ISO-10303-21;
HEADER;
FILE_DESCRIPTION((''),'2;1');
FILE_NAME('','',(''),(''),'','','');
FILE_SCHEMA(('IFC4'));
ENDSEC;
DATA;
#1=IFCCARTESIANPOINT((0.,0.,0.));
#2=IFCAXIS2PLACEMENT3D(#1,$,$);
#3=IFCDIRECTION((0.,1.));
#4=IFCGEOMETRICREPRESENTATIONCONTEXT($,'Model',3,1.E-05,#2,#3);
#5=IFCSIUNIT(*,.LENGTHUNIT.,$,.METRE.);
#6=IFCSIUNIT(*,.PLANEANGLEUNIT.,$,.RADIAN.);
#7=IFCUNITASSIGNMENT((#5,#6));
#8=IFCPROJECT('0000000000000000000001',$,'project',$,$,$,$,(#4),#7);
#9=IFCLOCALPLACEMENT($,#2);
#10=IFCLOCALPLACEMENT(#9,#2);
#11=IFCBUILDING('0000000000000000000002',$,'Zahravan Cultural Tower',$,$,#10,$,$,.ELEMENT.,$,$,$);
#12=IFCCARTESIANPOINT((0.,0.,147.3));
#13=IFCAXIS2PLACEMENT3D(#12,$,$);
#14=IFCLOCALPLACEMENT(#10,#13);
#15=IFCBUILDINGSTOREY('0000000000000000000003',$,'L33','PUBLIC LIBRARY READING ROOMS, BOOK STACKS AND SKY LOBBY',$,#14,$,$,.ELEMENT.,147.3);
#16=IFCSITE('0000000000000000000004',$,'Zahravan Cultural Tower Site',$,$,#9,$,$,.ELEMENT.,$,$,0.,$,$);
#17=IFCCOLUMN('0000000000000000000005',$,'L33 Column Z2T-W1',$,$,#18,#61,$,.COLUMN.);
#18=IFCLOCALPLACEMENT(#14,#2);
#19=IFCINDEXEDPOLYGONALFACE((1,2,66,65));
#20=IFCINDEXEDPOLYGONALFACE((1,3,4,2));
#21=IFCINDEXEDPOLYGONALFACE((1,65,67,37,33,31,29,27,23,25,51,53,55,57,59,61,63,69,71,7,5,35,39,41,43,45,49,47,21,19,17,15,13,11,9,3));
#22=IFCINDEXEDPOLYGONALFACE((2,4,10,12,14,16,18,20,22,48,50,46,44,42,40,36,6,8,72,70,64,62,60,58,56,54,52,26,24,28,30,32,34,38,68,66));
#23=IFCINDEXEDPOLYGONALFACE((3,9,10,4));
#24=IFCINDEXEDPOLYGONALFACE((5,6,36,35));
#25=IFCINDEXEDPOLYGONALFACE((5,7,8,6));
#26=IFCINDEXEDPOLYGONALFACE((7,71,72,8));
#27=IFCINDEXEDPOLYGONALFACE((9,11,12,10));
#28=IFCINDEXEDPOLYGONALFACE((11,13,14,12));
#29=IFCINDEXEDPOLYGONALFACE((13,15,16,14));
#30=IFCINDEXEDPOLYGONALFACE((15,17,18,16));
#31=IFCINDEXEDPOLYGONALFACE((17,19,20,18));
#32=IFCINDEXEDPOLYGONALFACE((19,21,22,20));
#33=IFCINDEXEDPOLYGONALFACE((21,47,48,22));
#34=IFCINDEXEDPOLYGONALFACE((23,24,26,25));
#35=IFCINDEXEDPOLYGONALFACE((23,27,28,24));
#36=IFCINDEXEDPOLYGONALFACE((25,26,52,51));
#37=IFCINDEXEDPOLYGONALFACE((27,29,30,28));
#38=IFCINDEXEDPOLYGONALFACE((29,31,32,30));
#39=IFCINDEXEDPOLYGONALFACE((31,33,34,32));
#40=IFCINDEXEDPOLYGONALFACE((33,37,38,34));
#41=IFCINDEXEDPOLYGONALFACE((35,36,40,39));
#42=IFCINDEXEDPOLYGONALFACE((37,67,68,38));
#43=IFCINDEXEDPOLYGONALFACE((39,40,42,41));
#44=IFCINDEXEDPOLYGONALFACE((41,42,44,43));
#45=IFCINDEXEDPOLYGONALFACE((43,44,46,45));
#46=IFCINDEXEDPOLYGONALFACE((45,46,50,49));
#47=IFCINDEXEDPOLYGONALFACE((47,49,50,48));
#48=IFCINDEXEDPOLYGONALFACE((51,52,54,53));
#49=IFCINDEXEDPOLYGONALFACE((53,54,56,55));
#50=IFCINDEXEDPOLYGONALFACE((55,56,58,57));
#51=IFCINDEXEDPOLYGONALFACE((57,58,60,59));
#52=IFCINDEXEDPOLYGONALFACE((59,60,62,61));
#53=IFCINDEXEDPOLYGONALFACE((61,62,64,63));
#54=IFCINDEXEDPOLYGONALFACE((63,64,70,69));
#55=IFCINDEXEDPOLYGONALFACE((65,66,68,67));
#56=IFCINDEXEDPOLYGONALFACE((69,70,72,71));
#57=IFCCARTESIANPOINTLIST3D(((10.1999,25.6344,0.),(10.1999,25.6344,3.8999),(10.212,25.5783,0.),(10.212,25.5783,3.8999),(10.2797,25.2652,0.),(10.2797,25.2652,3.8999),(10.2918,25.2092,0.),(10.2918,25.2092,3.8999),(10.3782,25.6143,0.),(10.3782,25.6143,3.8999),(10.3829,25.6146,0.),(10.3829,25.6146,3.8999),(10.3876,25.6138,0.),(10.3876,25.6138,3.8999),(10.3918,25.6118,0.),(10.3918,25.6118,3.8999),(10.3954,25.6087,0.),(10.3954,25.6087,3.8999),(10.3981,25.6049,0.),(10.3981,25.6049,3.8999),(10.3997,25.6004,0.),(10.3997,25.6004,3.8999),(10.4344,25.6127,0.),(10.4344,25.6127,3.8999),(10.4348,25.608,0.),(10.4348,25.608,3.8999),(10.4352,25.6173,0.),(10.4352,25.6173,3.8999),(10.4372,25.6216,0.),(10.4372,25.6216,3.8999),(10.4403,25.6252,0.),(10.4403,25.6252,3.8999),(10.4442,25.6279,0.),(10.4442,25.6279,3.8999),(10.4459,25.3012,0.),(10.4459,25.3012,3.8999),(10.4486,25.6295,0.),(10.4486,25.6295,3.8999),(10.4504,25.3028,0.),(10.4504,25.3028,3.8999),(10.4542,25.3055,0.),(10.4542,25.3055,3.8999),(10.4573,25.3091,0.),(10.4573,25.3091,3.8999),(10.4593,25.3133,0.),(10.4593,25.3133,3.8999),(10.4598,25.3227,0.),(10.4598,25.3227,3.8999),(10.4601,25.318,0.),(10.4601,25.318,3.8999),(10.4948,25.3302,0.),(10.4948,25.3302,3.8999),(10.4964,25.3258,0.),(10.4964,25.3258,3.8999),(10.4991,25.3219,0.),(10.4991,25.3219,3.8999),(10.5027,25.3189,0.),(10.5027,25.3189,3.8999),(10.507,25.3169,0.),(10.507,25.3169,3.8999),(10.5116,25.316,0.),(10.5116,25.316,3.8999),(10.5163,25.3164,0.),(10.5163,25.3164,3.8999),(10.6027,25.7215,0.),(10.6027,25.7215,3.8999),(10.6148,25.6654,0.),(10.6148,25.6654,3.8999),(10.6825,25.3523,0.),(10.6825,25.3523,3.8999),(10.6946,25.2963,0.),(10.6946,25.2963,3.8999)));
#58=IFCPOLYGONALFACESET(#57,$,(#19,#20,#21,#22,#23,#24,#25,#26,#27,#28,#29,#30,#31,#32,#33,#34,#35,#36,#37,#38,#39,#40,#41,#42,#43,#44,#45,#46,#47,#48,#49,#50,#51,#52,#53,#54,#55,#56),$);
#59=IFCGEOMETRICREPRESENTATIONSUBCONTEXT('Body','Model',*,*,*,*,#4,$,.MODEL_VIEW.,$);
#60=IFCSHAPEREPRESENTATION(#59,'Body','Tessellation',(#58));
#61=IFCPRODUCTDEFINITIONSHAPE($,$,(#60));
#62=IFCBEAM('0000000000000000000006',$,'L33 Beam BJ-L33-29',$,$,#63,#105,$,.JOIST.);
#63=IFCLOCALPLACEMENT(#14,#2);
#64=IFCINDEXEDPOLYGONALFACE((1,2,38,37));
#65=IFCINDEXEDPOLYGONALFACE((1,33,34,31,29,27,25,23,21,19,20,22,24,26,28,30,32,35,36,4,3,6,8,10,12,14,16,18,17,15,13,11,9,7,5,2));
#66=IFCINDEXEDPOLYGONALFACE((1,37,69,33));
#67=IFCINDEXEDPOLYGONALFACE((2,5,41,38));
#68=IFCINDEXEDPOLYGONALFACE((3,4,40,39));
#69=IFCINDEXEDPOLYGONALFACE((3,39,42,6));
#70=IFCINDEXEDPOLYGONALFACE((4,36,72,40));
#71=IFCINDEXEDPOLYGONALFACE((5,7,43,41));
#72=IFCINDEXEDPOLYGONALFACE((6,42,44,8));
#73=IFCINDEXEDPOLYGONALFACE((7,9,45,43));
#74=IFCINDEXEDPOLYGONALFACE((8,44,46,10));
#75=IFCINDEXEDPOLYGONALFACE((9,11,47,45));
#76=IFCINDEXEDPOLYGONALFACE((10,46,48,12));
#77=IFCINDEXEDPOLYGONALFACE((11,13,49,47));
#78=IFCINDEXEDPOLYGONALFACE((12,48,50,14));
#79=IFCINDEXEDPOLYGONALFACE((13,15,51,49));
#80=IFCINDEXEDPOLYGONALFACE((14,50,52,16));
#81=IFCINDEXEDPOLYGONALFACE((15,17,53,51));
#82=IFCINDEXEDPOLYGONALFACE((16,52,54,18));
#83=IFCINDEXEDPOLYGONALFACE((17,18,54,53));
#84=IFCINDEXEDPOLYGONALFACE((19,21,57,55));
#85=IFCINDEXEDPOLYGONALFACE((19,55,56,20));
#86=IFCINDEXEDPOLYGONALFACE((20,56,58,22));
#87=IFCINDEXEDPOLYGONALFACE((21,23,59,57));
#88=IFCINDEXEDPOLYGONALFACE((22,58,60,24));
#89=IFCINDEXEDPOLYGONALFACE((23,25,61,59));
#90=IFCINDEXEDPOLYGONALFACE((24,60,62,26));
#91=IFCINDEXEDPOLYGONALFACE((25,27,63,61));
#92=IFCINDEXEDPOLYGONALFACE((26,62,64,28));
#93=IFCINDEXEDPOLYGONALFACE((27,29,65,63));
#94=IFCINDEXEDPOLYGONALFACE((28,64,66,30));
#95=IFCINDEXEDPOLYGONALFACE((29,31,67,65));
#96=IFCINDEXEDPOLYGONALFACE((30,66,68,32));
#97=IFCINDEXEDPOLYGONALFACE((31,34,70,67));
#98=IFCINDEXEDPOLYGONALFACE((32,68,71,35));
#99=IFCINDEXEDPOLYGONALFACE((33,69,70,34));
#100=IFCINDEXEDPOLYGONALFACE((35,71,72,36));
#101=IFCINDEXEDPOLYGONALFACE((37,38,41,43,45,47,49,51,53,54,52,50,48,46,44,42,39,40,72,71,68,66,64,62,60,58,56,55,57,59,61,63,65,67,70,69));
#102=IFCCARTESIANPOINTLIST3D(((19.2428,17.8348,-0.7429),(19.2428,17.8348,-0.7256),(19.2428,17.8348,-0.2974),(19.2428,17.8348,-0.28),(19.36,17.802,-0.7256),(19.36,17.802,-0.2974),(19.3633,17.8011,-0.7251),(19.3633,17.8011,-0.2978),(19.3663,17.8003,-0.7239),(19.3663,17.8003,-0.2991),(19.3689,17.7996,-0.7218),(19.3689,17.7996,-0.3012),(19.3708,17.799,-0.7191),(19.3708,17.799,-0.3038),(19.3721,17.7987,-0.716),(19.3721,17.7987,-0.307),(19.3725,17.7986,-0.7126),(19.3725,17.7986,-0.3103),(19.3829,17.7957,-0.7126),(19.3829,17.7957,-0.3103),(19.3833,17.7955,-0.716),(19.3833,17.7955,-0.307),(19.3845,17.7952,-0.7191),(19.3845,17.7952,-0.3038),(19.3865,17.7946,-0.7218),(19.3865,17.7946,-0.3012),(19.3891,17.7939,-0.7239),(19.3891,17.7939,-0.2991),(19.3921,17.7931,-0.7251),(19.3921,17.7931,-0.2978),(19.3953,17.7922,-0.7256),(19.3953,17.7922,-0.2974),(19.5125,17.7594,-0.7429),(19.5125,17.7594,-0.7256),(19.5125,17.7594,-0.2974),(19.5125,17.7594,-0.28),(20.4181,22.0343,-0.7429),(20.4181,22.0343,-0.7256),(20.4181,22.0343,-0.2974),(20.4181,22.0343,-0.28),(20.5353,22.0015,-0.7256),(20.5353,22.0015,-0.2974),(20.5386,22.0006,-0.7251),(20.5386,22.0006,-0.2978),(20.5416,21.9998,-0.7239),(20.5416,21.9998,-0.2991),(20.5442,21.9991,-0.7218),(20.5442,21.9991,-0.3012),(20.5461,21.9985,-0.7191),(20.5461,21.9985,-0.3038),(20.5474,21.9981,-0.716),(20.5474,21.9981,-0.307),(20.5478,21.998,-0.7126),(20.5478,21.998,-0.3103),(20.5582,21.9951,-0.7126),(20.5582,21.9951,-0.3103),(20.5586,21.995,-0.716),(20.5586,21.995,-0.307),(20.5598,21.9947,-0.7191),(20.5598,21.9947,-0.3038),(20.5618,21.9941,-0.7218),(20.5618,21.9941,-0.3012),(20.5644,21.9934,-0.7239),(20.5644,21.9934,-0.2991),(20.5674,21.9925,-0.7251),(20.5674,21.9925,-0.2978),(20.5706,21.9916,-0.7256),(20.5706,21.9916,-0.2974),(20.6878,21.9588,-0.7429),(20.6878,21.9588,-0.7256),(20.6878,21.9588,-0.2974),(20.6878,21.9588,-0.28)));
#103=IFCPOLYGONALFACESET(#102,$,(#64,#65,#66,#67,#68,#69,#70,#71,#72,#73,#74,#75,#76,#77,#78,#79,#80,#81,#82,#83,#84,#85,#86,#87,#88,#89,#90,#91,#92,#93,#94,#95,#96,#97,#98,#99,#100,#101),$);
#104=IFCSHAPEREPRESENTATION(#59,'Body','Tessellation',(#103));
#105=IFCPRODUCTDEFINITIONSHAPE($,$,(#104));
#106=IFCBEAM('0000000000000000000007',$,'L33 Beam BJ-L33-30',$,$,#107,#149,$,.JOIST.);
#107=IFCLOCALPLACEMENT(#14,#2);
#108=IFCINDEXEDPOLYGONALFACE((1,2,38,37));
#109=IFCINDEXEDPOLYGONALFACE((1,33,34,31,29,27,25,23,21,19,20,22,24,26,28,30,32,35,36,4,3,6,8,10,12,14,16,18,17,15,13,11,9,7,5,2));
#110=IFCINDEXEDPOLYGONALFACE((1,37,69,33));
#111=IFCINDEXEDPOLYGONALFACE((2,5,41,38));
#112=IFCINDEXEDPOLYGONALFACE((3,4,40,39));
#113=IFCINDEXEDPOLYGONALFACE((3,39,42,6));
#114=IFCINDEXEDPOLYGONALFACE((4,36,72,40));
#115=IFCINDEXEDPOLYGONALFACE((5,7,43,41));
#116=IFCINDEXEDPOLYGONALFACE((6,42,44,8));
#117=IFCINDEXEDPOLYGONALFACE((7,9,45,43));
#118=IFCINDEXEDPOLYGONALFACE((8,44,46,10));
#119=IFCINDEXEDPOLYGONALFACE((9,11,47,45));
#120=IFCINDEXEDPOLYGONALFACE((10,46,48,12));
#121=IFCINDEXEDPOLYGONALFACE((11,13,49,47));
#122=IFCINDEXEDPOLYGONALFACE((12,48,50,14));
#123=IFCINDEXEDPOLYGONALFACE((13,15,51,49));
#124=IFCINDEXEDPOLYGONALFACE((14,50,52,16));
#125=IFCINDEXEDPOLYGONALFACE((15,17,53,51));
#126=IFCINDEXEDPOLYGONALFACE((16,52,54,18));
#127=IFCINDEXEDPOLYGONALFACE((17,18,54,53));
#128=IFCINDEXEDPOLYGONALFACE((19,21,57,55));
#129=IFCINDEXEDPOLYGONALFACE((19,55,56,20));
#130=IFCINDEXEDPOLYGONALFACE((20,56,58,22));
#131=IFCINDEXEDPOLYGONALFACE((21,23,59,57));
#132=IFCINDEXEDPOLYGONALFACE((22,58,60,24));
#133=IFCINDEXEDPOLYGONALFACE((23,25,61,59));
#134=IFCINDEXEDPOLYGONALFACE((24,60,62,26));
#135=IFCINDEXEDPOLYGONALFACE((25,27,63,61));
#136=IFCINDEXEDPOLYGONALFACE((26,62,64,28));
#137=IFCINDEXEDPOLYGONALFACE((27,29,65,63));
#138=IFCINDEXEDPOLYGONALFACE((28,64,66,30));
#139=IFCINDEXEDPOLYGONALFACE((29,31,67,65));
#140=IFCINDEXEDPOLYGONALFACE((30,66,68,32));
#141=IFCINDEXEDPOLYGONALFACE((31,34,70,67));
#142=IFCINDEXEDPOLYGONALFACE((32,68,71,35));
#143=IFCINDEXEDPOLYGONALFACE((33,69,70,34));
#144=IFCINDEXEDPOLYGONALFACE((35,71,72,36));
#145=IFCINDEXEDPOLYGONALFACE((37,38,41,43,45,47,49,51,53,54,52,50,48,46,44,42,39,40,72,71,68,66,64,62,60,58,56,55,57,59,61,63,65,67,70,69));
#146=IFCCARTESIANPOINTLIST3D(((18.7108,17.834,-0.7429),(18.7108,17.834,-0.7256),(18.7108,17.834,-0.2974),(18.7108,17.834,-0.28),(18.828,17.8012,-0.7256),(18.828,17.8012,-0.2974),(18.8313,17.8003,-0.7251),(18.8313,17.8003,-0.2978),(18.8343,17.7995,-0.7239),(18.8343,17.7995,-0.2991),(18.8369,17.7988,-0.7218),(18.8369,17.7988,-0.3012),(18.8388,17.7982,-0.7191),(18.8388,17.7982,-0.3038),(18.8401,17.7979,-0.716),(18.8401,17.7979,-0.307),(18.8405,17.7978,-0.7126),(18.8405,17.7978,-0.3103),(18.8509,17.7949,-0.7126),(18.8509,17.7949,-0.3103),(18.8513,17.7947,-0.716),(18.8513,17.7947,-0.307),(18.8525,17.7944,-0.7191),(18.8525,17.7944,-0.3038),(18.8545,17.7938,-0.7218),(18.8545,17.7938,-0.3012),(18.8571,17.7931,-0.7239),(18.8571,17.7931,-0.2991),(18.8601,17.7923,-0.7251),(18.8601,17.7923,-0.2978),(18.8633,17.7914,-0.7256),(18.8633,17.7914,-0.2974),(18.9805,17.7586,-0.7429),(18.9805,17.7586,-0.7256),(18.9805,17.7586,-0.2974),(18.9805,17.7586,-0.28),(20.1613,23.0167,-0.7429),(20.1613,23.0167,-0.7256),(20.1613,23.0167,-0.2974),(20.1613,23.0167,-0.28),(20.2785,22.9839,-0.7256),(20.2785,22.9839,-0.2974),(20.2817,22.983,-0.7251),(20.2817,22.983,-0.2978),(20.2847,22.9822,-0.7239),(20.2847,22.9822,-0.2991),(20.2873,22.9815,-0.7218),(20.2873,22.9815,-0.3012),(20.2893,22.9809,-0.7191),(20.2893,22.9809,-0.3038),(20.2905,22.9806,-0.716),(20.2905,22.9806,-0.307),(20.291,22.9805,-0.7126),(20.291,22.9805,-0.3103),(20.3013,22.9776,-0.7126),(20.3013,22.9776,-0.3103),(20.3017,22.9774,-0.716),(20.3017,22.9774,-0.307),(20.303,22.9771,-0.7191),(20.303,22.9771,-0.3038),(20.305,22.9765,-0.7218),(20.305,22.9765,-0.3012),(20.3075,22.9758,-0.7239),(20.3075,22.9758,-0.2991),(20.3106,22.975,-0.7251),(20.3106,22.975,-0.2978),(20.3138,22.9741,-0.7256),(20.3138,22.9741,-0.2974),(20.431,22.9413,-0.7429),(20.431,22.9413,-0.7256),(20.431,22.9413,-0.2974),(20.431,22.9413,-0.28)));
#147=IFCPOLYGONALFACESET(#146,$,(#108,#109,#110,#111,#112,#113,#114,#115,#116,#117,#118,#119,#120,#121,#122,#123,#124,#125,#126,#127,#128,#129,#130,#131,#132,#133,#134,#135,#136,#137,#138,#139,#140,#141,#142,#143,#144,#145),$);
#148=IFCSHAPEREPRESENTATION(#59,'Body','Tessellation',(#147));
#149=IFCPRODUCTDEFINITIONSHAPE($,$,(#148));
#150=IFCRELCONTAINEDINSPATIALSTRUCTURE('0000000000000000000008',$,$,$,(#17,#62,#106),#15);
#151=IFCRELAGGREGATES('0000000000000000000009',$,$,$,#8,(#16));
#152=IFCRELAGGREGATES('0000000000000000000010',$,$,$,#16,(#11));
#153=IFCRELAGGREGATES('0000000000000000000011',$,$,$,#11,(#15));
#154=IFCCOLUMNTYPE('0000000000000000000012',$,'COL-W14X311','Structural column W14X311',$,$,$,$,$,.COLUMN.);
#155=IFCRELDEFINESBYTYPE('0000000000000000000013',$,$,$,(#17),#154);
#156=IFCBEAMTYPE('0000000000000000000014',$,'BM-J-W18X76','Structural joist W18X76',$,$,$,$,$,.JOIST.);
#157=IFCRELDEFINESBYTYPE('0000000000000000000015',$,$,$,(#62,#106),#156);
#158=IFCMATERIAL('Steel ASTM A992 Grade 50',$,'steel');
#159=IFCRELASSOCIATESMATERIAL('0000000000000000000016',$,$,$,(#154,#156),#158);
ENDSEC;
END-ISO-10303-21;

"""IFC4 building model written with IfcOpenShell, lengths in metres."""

from ifc_helpers import new_model, si_unit, direction, frame, origin, origin_2d, place, context, subcontext, project, spatial, i_section, extrude, source, transform, mapped, material, material_profile, profile_set, type_object, element, save


model = new_model("IFC4")

# Units and contexts
model_context = context("Model", 3, precision=1e-05, world=origin(), true_north=direction((0.0, 1.0)))
body_context = subcontext(model_context, "Body", "Model", "MODEL_VIEW")
ifc_project = project(units=[si_unit("LENGTHUNIT", "METRE"), si_unit("PLANEANGLEUNIT", "RADIAN")], contexts=[model_context])

# Site, building, storey
site_placement = place(None, origin())
site = spatial("IfcSite", under=ifc_project, at=site_placement, Name="Zahravan Cultural Tower Site", CompositionType="ELEMENT", RefElevation=0.0)
building_placement = place(site_placement, origin())
building = spatial("IfcBuilding", under=site, at=building_placement, Name="Zahravan Cultural Tower", CompositionType="ELEMENT")
storey_placement = place(building_placement, frame((0.0, 0.0, 147.3)))
storey = spatial("IfcBuildingStorey", under=building, at=storey_placement, Name="L33", Description="PUBLIC LIBRARY READING ROOMS, BOOK STACKS AND SKY LOBBY", CompositionType="ELEMENT", Elevation=147.3)

# Column
ifc_material_1 = material(Name="Steel ASTM A992 Grade 50", Category="steel")
ifc_material_profile_1 = material_profile(ifc_material_1, i_section(OverallWidth=0.4121, OverallDepth=0.4351, WebThickness=0.0359, FlangeThickness=0.0574, FilletRadius=0.0181, at=origin_2d()), Name="W14X311")
ifc_profile_set_1 = profile_set([ifc_material_profile_1], Name="Steel ASTM A992 Grade 50")
column_type = type_object("IfcColumnType", Name="COL-W14X311", Description="Structural column W14X311", PredefinedType="COLUMN", material=ifc_profile_set_1)
shared_shape_1 = source(origin(), body_context, "Body", "SweptSolid", [
    extrude(i_section(OverallWidth=0.4121, OverallDepth=0.4351, WebThickness=0.0359, FlangeThickness=0.0574, FilletRadius=0.0181, at=origin_2d()), origin(), (0.0, 0.0, 1.0), 3.8999),
])
column_placement = place(storey_placement, frame((10.4473, 25.4653, 0.0), z_axis=(0.0, 0.0, 1.0), x_axis=(0.977416, 0.211325, 0.0)))
element("IfcColumn", 1, at=column_placement, inside=storey, type_object=column_type, Name="L33 Column Z2T-W1", PredefinedType="COLUMN", context=body_context, shape_type="MappedRepresentation", body=[
    mapped(shared_shape_1, transform((0.0, 0.0, 0.0), x_axis=(1.0, 0.0, 0.0), y_axis=(0.0, 1.0, 0.0), z_axis=(0.0, 0.0, 1.0), scale=1.0)),
])

# Beams
ifc_material_profile_2 = material_profile(ifc_material_1, i_section(OverallWidth=0.28, OverallDepth=0.4629, WebThickness=0.0107, FlangeThickness=0.0173, FilletRadius=0.0129, at=origin_2d()), Name="W18X76")
ifc_profile_set_2 = profile_set([ifc_material_profile_2], Name="Steel ASTM A992 Grade 50")
beam_type = type_object("IfcBeamType", Name="BM-J-W18X76", Description="Structural joist W18X76", PredefinedType="JOIST", material=ifc_profile_set_2)
shared_shape_2 = source(origin(), body_context, "Body", "SweptSolid", [
    extrude(i_section(OverallWidth=0.28, OverallDepth=0.4629, WebThickness=0.0107, FlangeThickness=0.0173, FilletRadius=0.0129, at=origin_2d()), origin(), (0.0, 0.0, 1.0), 4.3608),
])
beam_1_placement = place(storey_placement, frame((20.553, 21.9966, -0.5115), z_axis=(-0.269512, -0.962997, 0.0), x_axis=(0.962997, -0.269512, 0.0)))
element("IfcBeam", 2, at=beam_1_placement, inside=storey, type_object=beam_type, Name="L33 Beam BJ-L33-29", PredefinedType="JOIST", context=body_context, shape_type="MappedRepresentation", body=[
    mapped(shared_shape_2, transform((0.0, 0.0, 0.0), x_axis=(1.0, 0.0, 0.0), y_axis=(0.0, 1.0, 0.0), z_axis=(0.0, 0.0, 1.0), scale=1.0)),
])
shared_shape_3 = source(origin(), body_context, "Body", "SweptSolid", [
    extrude(i_section(OverallWidth=0.28, OverallDepth=0.4629, WebThickness=0.0107, FlangeThickness=0.0173, FilletRadius=0.0129, at=origin_2d()), origin(), (0.0, 0.0, 1.0), 5.3818),
])
beam_2_placement = place(storey_placement, frame((20.2961, 22.979, -0.5115), z_axis=(-0.26951, -0.962997, 0.0), x_axis=(0.962997, -0.26951, 0.0)))
element("IfcBeam", 3, at=beam_2_placement, inside=storey, type_object=beam_type, Name="L33 Beam BJ-L33-30", PredefinedType="JOIST", context=body_context, shape_type="MappedRepresentation", body=[
    mapped(shared_shape_3, transform((0.0, 0.0, 0.0), x_axis=(1.0, 0.0, 0.0), y_axis=(0.0, 1.0, 0.0), z_axis=(0.0, 0.0, 1.0), scale=1.0)),
])

save(model, "model.ifc")
